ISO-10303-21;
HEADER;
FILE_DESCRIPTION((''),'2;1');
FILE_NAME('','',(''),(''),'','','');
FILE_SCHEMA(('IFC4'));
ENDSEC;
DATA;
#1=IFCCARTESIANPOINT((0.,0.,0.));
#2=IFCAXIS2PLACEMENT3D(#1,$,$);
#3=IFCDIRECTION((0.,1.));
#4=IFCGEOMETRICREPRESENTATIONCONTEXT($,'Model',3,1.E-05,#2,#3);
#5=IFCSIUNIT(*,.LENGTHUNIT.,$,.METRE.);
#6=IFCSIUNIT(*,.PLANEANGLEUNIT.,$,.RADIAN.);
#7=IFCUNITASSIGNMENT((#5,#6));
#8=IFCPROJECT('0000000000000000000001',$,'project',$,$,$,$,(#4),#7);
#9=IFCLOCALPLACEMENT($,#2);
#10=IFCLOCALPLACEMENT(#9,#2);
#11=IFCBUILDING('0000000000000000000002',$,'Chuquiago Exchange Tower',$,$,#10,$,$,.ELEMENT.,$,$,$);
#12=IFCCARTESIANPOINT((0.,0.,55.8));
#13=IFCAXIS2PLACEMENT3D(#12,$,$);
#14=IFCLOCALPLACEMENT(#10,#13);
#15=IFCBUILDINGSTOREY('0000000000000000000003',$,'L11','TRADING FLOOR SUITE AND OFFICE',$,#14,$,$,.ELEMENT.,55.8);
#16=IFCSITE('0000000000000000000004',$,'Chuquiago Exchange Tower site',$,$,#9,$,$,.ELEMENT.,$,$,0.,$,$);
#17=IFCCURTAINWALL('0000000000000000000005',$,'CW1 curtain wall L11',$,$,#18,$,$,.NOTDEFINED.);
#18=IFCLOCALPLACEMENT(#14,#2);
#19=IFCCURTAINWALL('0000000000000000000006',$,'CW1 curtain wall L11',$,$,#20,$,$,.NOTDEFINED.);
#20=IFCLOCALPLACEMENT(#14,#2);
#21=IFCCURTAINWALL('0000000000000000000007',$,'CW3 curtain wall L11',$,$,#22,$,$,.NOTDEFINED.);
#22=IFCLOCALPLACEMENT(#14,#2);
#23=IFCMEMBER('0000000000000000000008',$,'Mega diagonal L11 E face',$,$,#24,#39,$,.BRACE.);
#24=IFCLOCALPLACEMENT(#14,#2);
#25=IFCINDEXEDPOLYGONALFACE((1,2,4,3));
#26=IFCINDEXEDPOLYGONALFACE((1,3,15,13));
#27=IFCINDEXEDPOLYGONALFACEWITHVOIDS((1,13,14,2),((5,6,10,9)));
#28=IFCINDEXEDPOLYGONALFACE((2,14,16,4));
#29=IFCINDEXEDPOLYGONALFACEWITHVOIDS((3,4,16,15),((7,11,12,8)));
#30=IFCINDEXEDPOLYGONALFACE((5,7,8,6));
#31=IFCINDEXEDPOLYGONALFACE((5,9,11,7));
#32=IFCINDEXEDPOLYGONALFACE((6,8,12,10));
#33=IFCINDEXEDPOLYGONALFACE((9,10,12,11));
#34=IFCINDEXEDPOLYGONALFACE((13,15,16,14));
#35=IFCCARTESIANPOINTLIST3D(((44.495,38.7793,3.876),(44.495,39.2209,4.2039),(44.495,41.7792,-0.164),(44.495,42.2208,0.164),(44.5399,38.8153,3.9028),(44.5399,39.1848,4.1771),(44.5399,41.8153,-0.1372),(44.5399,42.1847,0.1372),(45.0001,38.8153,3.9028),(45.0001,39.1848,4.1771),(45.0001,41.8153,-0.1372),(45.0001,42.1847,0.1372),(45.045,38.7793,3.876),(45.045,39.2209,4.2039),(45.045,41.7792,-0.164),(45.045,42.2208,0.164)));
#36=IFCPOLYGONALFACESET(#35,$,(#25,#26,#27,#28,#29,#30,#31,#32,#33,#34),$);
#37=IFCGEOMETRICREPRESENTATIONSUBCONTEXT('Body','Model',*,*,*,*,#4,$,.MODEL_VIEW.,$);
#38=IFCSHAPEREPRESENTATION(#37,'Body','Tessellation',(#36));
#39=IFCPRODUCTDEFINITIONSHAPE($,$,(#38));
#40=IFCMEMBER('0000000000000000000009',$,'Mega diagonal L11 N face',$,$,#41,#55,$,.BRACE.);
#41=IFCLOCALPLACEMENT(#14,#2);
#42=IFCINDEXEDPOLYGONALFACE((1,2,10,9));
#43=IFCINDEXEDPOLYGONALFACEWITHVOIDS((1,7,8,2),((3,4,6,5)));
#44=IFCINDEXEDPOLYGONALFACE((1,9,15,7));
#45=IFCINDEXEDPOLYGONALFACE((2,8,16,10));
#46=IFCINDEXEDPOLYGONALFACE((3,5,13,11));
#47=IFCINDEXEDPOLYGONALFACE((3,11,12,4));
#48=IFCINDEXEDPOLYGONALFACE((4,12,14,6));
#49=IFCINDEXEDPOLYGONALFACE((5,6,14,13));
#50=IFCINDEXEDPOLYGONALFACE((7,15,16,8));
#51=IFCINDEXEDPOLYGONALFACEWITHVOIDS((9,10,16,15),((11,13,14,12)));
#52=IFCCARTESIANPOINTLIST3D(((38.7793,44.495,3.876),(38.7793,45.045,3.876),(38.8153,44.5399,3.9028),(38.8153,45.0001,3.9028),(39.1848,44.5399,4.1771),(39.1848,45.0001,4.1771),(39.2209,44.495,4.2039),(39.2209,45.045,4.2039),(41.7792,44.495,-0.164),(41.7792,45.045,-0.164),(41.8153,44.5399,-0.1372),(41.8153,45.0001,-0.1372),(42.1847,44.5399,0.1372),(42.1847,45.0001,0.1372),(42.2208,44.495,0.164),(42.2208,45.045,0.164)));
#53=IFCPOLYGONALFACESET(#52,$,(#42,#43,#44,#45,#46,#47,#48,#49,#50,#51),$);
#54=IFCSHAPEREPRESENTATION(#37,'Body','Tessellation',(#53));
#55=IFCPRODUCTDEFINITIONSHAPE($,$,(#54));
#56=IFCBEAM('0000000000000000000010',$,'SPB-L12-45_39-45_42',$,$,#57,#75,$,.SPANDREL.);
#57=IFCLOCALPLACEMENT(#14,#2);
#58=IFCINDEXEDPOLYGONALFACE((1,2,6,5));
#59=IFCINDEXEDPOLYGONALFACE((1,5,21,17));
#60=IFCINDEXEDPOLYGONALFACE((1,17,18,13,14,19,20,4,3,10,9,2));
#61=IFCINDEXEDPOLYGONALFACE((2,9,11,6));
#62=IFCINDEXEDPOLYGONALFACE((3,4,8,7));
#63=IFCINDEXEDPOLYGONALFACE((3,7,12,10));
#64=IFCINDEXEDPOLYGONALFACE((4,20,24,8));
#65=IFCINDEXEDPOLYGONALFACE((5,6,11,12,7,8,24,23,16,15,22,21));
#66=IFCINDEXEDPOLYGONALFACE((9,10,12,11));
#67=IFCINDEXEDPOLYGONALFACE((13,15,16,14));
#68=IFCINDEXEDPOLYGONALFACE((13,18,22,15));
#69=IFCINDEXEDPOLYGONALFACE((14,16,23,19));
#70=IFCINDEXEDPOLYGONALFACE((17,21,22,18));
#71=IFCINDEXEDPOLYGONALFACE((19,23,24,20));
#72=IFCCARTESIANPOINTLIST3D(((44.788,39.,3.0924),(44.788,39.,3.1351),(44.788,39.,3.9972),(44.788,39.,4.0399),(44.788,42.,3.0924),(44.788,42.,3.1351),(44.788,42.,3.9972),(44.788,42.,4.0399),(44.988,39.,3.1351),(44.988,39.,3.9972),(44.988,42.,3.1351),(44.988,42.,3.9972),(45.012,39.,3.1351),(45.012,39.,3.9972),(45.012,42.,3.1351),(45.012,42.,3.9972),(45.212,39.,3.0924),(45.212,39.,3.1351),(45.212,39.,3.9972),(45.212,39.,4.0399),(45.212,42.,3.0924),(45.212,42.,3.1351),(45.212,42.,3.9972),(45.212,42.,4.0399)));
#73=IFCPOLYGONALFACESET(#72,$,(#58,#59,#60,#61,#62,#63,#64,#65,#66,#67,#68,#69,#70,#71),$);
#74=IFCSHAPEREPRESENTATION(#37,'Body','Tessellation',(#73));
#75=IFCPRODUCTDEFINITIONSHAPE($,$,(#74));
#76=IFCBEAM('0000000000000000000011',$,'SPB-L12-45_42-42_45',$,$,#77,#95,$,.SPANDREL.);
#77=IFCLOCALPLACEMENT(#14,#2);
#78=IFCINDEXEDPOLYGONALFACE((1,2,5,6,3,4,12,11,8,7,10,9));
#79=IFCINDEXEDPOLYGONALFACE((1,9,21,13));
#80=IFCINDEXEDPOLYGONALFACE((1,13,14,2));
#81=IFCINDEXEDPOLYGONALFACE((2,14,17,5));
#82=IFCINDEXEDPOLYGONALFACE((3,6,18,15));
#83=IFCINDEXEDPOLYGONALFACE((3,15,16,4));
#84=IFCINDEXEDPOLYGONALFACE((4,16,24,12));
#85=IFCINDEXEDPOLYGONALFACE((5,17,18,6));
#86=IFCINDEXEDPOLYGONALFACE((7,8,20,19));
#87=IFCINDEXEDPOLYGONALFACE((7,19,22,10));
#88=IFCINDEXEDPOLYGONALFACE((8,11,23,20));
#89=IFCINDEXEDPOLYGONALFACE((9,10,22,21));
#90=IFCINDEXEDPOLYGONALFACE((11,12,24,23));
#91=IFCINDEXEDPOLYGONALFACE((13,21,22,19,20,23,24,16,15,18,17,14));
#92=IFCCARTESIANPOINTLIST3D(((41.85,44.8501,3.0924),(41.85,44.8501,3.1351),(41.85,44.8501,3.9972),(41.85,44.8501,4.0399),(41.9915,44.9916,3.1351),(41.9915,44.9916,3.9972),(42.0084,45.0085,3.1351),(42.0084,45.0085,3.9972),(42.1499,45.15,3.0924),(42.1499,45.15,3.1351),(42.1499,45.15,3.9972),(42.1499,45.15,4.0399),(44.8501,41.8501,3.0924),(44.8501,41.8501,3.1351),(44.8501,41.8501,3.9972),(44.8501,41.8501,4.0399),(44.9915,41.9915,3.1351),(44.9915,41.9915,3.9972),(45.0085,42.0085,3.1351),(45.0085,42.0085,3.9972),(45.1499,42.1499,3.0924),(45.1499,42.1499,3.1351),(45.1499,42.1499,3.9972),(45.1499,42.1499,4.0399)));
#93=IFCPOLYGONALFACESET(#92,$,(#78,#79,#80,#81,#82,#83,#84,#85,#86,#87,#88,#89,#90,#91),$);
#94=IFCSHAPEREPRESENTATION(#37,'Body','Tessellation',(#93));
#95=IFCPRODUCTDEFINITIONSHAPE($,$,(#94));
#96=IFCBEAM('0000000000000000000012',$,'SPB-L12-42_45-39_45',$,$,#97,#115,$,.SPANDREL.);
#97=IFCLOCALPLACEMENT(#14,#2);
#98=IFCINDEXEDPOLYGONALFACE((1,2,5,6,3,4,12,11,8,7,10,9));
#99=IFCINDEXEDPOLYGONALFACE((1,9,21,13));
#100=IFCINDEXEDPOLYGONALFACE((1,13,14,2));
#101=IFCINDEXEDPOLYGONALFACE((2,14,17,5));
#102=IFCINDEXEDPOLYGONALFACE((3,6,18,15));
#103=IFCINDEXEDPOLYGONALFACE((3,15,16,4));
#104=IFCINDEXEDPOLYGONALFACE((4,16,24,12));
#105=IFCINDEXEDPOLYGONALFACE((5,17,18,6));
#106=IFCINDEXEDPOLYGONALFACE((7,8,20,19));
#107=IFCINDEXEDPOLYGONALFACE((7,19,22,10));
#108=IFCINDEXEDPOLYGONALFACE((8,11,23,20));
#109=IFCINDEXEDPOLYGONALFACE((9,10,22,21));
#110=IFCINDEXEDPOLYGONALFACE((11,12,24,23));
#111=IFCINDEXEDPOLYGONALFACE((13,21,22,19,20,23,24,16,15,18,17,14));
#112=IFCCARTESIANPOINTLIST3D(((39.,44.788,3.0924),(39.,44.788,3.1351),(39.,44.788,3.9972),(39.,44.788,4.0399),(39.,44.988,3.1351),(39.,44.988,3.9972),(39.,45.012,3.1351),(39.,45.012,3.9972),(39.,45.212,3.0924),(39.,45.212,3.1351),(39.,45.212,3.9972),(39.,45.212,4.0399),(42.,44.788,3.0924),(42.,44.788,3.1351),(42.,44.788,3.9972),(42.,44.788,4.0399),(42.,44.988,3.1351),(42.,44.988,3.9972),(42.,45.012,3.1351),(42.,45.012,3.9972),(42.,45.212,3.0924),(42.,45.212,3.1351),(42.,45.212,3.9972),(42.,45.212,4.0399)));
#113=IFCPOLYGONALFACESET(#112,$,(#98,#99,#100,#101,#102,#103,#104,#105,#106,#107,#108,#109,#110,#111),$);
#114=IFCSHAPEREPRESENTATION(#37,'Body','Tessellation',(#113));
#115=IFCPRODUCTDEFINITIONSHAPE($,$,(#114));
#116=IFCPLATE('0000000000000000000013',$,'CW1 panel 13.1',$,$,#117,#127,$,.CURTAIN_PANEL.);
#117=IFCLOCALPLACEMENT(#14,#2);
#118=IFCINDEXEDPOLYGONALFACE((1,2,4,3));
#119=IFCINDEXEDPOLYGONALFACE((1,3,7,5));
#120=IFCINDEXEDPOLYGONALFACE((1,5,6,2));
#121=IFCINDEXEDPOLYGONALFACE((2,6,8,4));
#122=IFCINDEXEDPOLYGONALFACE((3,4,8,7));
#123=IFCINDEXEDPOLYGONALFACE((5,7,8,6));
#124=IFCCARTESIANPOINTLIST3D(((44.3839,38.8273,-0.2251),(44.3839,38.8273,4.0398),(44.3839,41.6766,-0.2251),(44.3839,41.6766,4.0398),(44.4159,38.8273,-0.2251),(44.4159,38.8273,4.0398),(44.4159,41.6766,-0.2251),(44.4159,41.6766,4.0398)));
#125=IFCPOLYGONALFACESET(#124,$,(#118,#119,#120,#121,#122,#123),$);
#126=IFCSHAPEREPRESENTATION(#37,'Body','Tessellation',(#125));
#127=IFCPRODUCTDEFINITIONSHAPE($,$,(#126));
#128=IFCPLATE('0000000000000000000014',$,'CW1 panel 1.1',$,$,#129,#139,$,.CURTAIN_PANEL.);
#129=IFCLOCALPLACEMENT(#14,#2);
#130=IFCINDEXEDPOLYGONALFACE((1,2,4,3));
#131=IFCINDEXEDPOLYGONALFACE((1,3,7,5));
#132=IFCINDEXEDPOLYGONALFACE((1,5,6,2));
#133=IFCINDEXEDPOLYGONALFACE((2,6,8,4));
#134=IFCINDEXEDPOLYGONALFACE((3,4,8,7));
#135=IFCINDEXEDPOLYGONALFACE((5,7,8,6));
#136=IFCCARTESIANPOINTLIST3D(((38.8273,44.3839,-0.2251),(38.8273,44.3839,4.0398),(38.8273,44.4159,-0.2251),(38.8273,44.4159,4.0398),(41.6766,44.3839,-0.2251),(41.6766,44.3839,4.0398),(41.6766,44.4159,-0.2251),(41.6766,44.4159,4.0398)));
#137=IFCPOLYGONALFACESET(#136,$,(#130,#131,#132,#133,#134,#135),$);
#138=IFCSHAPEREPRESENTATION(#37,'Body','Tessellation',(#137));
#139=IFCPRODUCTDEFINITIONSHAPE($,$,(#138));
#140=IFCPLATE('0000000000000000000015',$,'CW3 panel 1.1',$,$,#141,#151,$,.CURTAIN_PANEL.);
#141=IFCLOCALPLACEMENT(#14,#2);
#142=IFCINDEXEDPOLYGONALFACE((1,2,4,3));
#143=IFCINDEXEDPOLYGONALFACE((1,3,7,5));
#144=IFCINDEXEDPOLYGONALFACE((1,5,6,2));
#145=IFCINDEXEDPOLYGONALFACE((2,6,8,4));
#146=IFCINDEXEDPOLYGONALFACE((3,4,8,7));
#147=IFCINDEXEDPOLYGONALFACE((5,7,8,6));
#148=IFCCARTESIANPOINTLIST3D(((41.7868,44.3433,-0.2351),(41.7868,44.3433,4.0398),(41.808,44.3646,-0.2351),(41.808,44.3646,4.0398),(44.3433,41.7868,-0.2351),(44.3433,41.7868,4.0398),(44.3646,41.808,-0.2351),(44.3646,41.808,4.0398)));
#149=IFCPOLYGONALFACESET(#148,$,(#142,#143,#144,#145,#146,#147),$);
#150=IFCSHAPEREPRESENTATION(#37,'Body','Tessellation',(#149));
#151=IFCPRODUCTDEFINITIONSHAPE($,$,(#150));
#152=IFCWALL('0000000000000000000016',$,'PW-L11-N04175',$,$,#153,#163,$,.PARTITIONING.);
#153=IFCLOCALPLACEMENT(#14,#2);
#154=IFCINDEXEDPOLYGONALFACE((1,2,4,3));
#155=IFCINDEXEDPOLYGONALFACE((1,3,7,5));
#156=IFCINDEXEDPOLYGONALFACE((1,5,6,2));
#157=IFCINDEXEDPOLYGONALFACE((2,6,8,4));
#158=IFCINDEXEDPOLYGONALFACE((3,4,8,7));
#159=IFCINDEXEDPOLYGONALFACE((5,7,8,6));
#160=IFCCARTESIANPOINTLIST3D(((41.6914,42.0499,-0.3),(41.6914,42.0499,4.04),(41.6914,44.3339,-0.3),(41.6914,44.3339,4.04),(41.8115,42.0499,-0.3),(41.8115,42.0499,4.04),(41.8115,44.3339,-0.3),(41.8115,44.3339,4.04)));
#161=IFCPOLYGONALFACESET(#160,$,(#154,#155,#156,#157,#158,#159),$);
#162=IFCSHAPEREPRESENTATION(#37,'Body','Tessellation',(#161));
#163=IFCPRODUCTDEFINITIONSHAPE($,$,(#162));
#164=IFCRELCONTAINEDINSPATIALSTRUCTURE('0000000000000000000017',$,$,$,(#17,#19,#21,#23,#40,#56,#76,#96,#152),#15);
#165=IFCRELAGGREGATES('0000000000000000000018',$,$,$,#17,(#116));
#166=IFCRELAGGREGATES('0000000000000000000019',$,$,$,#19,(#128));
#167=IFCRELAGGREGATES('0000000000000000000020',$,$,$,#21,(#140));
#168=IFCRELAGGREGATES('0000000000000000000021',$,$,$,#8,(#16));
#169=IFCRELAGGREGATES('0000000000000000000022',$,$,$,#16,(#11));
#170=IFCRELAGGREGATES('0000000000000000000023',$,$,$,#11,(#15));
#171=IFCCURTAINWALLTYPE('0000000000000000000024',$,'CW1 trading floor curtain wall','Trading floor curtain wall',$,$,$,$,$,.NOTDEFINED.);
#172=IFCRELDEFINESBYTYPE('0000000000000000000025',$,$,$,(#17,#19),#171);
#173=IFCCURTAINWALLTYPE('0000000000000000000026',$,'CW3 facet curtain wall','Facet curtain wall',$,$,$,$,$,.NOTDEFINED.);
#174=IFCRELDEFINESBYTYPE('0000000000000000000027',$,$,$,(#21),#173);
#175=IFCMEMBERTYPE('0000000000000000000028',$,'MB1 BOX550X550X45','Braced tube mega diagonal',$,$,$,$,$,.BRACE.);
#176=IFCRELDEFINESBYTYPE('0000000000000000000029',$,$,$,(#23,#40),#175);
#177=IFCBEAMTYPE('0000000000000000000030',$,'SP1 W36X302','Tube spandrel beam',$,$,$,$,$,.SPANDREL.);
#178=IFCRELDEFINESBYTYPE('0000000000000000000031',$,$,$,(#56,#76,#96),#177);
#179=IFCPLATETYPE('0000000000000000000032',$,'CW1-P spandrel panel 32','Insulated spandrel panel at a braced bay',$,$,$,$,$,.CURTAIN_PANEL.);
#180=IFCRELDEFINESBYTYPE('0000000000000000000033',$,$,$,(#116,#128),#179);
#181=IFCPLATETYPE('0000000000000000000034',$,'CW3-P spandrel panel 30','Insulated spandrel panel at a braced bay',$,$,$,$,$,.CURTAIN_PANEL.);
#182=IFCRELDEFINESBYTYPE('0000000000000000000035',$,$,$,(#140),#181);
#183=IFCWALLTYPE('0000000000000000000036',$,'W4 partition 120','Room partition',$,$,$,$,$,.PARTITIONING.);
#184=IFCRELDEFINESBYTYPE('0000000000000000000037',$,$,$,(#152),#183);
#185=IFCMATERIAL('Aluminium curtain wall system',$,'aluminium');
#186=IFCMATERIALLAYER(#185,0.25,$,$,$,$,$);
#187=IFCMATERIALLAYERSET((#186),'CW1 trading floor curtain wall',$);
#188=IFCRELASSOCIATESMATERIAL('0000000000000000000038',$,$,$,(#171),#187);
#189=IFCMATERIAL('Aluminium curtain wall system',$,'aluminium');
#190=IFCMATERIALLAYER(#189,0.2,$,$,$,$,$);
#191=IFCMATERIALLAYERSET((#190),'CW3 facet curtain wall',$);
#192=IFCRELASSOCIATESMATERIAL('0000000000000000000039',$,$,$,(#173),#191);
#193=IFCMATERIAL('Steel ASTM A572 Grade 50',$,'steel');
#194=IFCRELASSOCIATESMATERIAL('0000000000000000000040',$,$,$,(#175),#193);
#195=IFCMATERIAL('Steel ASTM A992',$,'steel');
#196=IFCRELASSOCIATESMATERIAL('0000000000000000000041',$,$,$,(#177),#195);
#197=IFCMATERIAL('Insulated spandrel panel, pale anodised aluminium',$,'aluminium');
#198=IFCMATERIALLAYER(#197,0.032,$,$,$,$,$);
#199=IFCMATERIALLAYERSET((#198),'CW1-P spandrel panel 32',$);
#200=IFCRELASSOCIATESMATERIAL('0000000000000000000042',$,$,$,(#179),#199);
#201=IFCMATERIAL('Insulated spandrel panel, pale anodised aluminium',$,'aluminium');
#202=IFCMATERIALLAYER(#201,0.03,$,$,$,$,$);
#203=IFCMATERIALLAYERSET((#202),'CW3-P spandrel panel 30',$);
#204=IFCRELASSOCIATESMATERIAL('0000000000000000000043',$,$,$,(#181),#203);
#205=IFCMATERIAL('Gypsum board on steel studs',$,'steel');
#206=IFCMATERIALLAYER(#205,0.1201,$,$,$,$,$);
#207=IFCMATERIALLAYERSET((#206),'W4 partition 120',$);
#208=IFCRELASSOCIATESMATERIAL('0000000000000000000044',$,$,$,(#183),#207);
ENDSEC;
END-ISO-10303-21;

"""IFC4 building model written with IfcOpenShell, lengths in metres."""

from ifc_helpers import new_model, si_unit, direction, frame, frame_2d, origin, origin_2d, place, context, subcontext, project, spatial, rectangle, hollow_rectangle, i_section, extrude, material, layer, layer_set, material_profile, profile_set, type_object, element, aggregate, save


model = new_model("IFC4")

# Units and contexts
model_context = context("Model", 3, precision=1e-05, world=origin(), true_north=direction((0.0, 1.0)))
body_context = subcontext(model_context, "Body", "Model", "MODEL_VIEW")
ifc_project = project(units=[si_unit("LENGTHUNIT", "METRE"), si_unit("PLANEANGLEUNIT", "RADIAN")], contexts=[model_context])

# Site, building, storey
site_placement = place(None, origin())
site = spatial("IfcSite", under=ifc_project, at=site_placement, Name="Chuquiago Exchange Tower site", CompositionType="ELEMENT", RefElevation=0.0)
building_placement = place(site_placement, origin())
building = spatial("IfcBuilding", under=site, at=building_placement, Name="Chuquiago Exchange Tower", CompositionType="ELEMENT")
storey_placement = place(building_placement, frame((0.0, 0.0, 55.8)))
storey = spatial("IfcBuildingStorey", under=building, at=storey_placement, Name="L11", Description="TRADING FLOOR SUITE AND OFFICE", CompositionType="ELEMENT", Elevation=55.8)

# Curtain walls
ifc_material_1 = material(Name="Aluminium curtain wall system", Category="aluminium")
ifc_layer_1 = layer(ifc_material_1, 0.25)
ifc_layer_set_1 = layer_set([ifc_layer_1], Name="CW1 trading floor curtain wall")
curtain_wall_type_1 = type_object("IfcCurtainWallType", Name="CW1 trading floor curtain wall", Description="Trading floor curtain wall", PredefinedType="NOTDEFINED", material=ifc_layer_set_1)
curtain_wall_1_placement = place(storey_placement, origin())
curtain_wall_1 = element("IfcCurtainWall", 1, at=curtain_wall_1_placement, inside=storey, type_object=curtain_wall_type_1, Name="CW1 curtain wall L11", PredefinedType="NOTDEFINED")
curtain_wall_2_placement = place(storey_placement, origin())
curtain_wall_2 = element("IfcCurtainWall", 2, at=curtain_wall_2_placement, inside=storey, type_object=curtain_wall_type_1, Name="CW1 curtain wall L11", PredefinedType="NOTDEFINED")

# Curtain wall
ifc_material_2 = material(Name="Aluminium curtain wall system", Category="aluminium")
ifc_layer_2 = layer(ifc_material_2, 0.2)
ifc_layer_set_2 = layer_set([ifc_layer_2], Name="CW3 facet curtain wall")
curtain_wall_type_2 = type_object("IfcCurtainWallType", Name="CW3 facet curtain wall", Description="Facet curtain wall", PredefinedType="NOTDEFINED", material=ifc_layer_set_2)
curtain_wall_3_placement = place(storey_placement, origin())
curtain_wall_3 = element("IfcCurtainWall", 3, at=curtain_wall_3_placement, inside=storey, type_object=curtain_wall_type_2, Name="CW3 curtain wall L11", PredefinedType="NOTDEFINED")

# Members
ifc_material_3 = material(Name="Steel ASTM A572 Grade 50", Category="steel")
ifc_material_profile_1 = material_profile(ifc_material_3, hollow_rectangle(XDim=0.55, YDim=0.55, WallThickness=0.0449, at=origin_2d()), Name="BOX550X550X45")
ifc_profile_set_1 = profile_set([ifc_material_profile_1], Name="Steel ASTM A572 Grade 50")
member_type_1 = type_object("IfcMemberType", Name="MB1 BOX550X550X45", Description="Braced tube mega diagonal", PredefinedType="BRACE", material=ifc_profile_set_1)
for number, where, z_axis, x_axis, name in (
    (4, (44.77, 42.0, 0.0), (0.0, -0.596174, 0.802855), (1.0, 0.0, 0.0), "Mega diagonal L11 E face"),
    (5, (42.0, 44.77, 0.0), (-0.596174, 0.0, 0.802855), (0.0, -1.0, 0.0), "Mega diagonal L11 N face"),
):
    element("IfcMember", number, at=place(storey_placement, frame(where, z_axis=z_axis, x_axis=x_axis)), inside=storey, type_object=member_type_1, Name=name, PredefinedType="BRACE", context=body_context, shape_type="SweptSolid", body=[
        extrude(hollow_rectangle(XDim=0.55, YDim=0.55, WallThickness=0.0449, at=origin_2d()), origin(), (0.0, 0.0, 1.0), 5.032),
    ])

# Beams
ifc_material_4 = material(Name="Steel ASTM A992", Category="steel")
ifc_material_profile_2 = material_profile(ifc_material_4, i_section(OverallWidth=0.4241, OverallDepth=0.9475, WebThickness=0.0239, FlangeThickness=0.0427, at=origin_2d()), Name="W36X302")
ifc_profile_set_2 = profile_set([ifc_material_profile_2], Name="Steel ASTM A992")
beam_type = type_object("IfcBeamType", Name="SP1 W36X302", Description="Tube spandrel beam", PredefinedType="SPANDREL", material=ifc_profile_set_2)
beam_1_placement = place(storey_placement, frame((45.0, 39.0, 3.5662), z_axis=(0.0, 1.0, 0.0), x_axis=(-1.0, 0.0, 0.0)))
element("IfcBeam", 6, at=beam_1_placement, inside=storey, type_object=beam_type, Name="SPB-L12-45_39-45_42", PredefinedType="SPANDREL", context=body_context, shape_type="SweptSolid", body=[
    extrude(i_section(OverallWidth=0.4241, OverallDepth=0.9475, WebThickness=0.0239, FlangeThickness=0.0427, at=origin_2d()), origin(), (0.0, 0.0, 1.0), 3.0),
])
beam_2_placement = place(storey_placement, frame((45.0, 42.0, 3.5662), z_axis=(-0.707107, 0.707107, 0.0), x_axis=(-0.707107, -0.707107, 0.0)))
element("IfcBeam", 7, at=beam_2_placement, inside=storey, type_object=beam_type, Name="SPB-L12-45_42-42_45", PredefinedType="SPANDREL", context=body_context, shape_type="SweptSolid", body=[
    extrude(i_section(OverallWidth=0.4241, OverallDepth=0.9475, WebThickness=0.0239, FlangeThickness=0.0427, at=origin_2d()), origin(), (0.0, 0.0, 1.0), 4.2427),
])
beam_3_placement = place(storey_placement, frame((42.0, 45.0, 3.5662), z_axis=(-1.0, 0.0, 0.0), x_axis=(0.0, -1.0, 0.0)))
element("IfcBeam", 8, at=beam_3_placement, inside=storey, type_object=beam_type, Name="SPB-L12-42_45-39_45", PredefinedType="SPANDREL", context=body_context, shape_type="SweptSolid", body=[
    extrude(i_section(OverallWidth=0.4241, OverallDepth=0.9475, WebThickness=0.0239, FlangeThickness=0.0427, at=origin_2d()), origin(), (0.0, 0.0, 1.0), 3.0),
])

# Plates
ifc_material_5 = material(Name="Insulated spandrel panel, pale anodised aluminium", Category="aluminium")
ifc_layer_3 = layer(ifc_material_5, 0.032)
ifc_layer_set_3 = layer_set([ifc_layer_3], Name="CW1-P spandrel panel 32")
plate_type_1 = type_object("IfcPlateType", Name="CW1-P spandrel panel 32", Description="Insulated spandrel panel at a braced bay", PredefinedType="CURTAIN_PANEL", material=ifc_layer_set_3)
plate_1_placement = place(storey_placement, frame((44.3999, 40.252, -0.2251), z_axis=(0.0, 0.0, 1.0), x_axis=(0.0, 1.0, 0.0)))
plate_1 = element("IfcPlate", 9, at=plate_1_placement, type_object=plate_type_1, Name="CW1 panel 13.1", PredefinedType="CURTAIN_PANEL", context=body_context, shape_type="SweptSolid", body=[
    extrude(rectangle(XDim=2.8494, YDim=0.032, at=origin_2d()), origin(), (0.0, 0.0, 1.0), 4.2649),
])
aggregate(curtain_wall_1, [plate_1])
plate_2_placement = place(storey_placement, frame((40.252, 44.3999, -0.2251), z_axis=(0.0, 0.0, 1.0), x_axis=(-1.0, 0.0, 0.0)))
plate_2 = element("IfcPlate", 10, at=plate_2_placement, type_object=plate_type_1, Name="CW1 panel 1.1", PredefinedType="CURTAIN_PANEL", context=body_context, shape_type="SweptSolid", body=[
    extrude(rectangle(XDim=2.8494, YDim=0.032, at=origin_2d()), origin(), (0.0, 0.0, 1.0), 4.2649),
])
aggregate(curtain_wall_2, [plate_2])
ifc_material_6 = material(Name="Insulated spandrel panel, pale anodised aluminium", Category="aluminium")
ifc_layer_4 = layer(ifc_material_6, 0.03)
ifc_layer_set_4 = layer_set([ifc_layer_4], Name="CW3-P spandrel panel 30")
plate_type_2 = type_object("IfcPlateType", Name="CW3-P spandrel panel 30", Description="Insulated spandrel panel at a braced bay", PredefinedType="CURTAIN_PANEL", material=ifc_layer_set_4)
plate_3_placement = place(storey_placement, frame((43.0757, 43.0757, -0.2351), z_axis=(0.0, 0.0, 1.0), x_axis=(-0.707107, 0.707107, 0.0)))
plate_3 = element("IfcPlate", 11, at=plate_3_placement, type_object=plate_type_2, Name="CW3 panel 1.1", PredefinedType="CURTAIN_PANEL", context=body_context, shape_type="SweptSolid", body=[
    extrude(rectangle(XDim=3.6155, YDim=0.03, at=origin_2d()), origin(), (0.0, 0.0, 1.0), 4.2749),
])
aggregate(curtain_wall_3, [plate_3])

# Wall
ifc_material_7 = material(Name="Gypsum board on steel studs", Category="steel")
ifc_layer_5 = layer(ifc_material_7, 0.1201)
ifc_layer_set_5 = layer_set([ifc_layer_5], Name="W4 partition 120")
wall_type = type_object("IfcWallType", Name="W4 partition 120", Description="Room partition", PredefinedType="PARTITIONING", material=ifc_layer_set_5)
wall_placement = place(storey_placement, frame((41.7515, 44.334, -0.3), z_axis=(0.0, 0.0, 1.0), x_axis=(0.0, -1.0, 0.0)))
element("IfcWall", 12, at=wall_placement, inside=storey, type_object=wall_type, Name="PW-L11-N04175", PredefinedType="PARTITIONING", context=body_context, shape_type="SweptSolid", body=[
    extrude(rectangle(XDim=2.2839, YDim=0.1201, at=frame_2d((1.1421, 0.0))), origin(), (0.0, 0.0, 1.0), 4.3401),
])

save(model, "model.ifc")
